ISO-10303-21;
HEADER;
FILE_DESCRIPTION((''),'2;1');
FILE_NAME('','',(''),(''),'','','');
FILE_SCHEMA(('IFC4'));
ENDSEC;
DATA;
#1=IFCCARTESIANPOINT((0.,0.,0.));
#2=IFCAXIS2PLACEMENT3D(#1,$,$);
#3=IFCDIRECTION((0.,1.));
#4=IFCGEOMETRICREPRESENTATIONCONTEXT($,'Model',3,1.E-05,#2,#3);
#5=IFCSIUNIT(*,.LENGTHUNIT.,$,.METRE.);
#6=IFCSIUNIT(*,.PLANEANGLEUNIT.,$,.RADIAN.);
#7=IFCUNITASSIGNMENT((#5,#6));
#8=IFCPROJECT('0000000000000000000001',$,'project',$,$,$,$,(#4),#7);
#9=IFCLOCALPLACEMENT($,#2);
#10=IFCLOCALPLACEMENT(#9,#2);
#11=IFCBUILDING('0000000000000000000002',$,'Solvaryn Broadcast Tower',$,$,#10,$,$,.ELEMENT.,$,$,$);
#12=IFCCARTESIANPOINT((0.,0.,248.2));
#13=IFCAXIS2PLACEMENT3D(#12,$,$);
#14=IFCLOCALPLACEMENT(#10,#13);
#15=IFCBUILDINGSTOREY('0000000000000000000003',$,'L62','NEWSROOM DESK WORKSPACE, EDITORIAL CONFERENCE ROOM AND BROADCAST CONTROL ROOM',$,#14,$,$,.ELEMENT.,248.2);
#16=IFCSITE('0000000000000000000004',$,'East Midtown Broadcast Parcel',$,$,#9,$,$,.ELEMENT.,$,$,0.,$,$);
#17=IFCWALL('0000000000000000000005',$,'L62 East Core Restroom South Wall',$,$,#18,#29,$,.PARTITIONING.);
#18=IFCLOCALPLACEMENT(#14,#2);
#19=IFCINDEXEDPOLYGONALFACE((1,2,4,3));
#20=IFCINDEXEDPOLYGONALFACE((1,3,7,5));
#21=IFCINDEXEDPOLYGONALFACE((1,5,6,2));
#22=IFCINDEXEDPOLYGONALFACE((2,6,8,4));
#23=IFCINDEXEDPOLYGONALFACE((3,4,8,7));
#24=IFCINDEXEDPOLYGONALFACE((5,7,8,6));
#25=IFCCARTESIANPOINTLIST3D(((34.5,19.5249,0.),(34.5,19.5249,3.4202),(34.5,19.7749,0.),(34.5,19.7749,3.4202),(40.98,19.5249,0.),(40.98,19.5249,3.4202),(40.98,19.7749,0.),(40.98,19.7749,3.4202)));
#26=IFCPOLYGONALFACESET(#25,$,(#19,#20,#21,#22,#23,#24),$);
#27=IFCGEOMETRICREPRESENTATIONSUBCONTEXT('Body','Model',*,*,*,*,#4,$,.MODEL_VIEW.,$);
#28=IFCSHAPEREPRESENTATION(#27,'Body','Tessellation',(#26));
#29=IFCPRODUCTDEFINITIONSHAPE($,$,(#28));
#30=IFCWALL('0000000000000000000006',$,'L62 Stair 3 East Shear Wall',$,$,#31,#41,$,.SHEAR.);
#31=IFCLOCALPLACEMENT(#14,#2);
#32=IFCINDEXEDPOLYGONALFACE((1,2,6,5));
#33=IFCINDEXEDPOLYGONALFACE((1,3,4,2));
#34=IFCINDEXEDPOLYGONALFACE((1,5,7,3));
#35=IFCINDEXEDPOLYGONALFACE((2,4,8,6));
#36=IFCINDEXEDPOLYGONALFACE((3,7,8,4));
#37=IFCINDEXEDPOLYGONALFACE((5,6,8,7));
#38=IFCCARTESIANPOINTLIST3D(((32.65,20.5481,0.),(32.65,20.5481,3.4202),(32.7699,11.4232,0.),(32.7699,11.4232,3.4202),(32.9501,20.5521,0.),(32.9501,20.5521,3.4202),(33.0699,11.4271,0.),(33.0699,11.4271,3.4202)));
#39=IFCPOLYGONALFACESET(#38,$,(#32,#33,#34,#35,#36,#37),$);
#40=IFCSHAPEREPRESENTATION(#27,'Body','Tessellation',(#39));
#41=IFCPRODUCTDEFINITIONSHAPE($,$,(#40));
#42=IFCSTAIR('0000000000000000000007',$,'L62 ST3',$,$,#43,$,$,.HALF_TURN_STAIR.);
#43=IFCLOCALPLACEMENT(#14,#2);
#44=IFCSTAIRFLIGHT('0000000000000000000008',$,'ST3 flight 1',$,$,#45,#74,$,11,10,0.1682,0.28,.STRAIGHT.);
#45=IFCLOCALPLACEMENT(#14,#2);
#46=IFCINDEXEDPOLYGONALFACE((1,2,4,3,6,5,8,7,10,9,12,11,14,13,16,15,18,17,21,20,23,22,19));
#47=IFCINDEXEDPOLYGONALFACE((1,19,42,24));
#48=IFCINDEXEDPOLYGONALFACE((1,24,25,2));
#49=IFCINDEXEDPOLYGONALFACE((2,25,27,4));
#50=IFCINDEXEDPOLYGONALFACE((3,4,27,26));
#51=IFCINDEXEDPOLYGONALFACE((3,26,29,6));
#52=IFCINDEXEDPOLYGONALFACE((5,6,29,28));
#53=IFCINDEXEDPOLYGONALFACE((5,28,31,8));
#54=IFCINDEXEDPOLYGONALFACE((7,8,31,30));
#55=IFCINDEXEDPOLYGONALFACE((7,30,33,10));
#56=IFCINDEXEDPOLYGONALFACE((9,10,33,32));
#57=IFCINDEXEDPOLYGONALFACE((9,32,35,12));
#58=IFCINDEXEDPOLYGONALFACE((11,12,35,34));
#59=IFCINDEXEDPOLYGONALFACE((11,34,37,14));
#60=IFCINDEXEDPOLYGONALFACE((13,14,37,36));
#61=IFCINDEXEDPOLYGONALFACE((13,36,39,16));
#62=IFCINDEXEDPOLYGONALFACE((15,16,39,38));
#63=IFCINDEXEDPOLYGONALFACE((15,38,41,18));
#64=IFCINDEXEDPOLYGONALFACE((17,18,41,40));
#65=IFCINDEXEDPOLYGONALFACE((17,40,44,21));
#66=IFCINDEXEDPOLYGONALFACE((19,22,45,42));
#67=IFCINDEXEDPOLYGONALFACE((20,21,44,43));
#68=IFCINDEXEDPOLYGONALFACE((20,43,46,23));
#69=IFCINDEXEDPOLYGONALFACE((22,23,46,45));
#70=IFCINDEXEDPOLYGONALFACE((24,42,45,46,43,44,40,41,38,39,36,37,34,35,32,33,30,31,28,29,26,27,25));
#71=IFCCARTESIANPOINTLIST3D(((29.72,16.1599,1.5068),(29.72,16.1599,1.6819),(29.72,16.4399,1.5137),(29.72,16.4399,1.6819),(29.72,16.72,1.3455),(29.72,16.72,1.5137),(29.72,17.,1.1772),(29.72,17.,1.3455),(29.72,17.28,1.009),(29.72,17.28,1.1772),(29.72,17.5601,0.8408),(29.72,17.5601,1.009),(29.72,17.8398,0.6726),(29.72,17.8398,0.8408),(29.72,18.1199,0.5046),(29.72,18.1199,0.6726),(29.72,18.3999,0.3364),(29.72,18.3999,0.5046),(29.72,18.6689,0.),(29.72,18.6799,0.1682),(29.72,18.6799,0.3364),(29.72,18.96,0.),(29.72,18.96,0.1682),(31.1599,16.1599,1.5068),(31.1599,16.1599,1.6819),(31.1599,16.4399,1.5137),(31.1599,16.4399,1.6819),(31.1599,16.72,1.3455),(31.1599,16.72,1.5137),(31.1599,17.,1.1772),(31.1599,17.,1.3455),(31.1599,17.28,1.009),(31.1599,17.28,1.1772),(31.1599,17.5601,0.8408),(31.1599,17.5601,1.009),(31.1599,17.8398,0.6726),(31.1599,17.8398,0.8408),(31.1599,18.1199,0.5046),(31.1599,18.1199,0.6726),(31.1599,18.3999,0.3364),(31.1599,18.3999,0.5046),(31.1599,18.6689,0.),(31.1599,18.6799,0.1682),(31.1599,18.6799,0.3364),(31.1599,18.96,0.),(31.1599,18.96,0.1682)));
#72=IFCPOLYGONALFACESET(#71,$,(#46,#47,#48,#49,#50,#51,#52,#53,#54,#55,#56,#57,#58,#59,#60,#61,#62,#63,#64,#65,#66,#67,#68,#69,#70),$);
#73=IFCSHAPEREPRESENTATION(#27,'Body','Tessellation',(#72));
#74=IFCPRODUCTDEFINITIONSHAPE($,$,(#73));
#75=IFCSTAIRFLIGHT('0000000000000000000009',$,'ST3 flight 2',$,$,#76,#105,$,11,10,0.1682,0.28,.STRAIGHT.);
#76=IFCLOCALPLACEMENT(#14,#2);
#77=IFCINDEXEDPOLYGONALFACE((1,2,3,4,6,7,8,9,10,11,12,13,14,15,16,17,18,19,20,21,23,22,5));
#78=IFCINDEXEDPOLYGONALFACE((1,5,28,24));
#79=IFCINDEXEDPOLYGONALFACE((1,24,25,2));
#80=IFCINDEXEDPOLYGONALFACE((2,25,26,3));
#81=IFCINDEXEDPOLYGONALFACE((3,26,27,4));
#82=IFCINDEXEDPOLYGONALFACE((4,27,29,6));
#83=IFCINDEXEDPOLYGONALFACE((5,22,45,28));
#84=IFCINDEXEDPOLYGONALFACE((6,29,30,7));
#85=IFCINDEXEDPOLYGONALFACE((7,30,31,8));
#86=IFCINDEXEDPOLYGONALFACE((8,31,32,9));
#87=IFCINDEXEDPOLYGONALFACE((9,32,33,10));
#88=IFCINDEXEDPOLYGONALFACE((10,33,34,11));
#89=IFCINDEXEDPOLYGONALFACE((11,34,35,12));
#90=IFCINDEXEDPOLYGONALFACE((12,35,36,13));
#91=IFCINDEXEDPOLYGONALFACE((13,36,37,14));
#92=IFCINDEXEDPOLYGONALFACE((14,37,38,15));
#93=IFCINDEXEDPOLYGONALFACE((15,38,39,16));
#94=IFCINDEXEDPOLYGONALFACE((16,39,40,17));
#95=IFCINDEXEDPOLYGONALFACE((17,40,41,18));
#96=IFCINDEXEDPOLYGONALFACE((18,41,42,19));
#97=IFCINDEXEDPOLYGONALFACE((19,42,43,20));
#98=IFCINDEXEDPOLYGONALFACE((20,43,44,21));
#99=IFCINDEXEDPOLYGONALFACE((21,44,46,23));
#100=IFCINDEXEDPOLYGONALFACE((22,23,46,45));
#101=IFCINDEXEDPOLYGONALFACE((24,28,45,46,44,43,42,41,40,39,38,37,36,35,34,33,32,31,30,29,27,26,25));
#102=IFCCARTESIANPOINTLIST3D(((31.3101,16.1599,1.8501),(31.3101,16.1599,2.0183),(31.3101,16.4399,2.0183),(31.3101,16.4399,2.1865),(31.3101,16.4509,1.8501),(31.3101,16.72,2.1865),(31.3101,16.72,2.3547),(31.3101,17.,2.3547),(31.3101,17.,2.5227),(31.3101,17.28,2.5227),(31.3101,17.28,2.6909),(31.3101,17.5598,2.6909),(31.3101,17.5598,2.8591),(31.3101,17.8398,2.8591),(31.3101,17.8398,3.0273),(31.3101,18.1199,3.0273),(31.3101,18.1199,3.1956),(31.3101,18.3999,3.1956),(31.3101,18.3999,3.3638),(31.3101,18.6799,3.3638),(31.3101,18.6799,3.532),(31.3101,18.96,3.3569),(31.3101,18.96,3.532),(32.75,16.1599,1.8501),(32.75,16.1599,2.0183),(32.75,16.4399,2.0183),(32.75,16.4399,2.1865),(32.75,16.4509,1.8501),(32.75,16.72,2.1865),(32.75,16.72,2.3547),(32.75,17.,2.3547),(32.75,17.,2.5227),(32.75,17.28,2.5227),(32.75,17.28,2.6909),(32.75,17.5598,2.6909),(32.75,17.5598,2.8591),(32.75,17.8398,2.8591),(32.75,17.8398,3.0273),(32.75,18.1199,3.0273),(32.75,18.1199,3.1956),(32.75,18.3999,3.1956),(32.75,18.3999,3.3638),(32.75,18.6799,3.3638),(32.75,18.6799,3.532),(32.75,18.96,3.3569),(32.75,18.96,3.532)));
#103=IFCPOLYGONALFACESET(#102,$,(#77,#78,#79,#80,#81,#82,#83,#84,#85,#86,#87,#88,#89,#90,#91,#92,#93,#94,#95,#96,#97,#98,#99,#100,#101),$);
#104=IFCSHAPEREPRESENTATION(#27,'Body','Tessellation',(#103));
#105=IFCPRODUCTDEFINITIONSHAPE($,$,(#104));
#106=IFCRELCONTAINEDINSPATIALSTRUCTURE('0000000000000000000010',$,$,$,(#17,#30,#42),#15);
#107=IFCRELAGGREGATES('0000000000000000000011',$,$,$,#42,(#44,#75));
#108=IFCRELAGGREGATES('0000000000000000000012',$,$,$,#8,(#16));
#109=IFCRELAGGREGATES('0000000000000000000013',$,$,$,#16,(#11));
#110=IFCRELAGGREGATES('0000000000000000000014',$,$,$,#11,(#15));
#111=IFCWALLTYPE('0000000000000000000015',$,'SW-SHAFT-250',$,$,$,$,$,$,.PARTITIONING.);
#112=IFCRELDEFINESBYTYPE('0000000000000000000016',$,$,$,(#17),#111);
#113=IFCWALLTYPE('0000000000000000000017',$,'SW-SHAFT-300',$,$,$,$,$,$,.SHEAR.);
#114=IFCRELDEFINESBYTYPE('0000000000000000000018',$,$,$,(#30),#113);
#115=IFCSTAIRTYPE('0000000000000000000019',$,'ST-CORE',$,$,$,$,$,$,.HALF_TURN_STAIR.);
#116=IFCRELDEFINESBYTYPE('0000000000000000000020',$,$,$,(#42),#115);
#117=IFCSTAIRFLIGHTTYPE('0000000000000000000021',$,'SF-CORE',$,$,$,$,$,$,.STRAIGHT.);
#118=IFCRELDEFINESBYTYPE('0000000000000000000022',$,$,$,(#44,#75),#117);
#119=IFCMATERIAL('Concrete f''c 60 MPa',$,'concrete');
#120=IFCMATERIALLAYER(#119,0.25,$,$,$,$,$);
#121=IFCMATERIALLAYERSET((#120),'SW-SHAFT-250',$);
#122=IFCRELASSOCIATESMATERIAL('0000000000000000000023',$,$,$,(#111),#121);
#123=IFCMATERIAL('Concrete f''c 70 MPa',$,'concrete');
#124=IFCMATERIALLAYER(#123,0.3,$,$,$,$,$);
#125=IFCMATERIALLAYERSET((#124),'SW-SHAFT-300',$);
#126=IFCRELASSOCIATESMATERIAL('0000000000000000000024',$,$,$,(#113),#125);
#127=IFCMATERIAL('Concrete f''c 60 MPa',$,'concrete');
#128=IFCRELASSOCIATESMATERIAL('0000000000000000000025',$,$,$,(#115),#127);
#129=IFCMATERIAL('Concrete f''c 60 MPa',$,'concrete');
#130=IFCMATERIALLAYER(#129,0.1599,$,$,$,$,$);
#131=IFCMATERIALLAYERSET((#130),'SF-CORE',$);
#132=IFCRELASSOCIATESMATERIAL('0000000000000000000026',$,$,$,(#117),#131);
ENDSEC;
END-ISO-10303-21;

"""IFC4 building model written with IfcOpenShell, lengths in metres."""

from ifc_helpers import new_model, si_unit, direction, frame, frame_2d, origin, place, context, subcontext, project, spatial, polyline, rectangle, outline, extrude, material, layer, layer_set, type_object, element, aggregate, save


model = new_model("IFC4")

# Units and contexts
model_context = context("Model", 3, precision=1e-05, world=origin(), true_north=direction((0.0, 1.0)))
body_context = subcontext(model_context, "Body", "Model", "MODEL_VIEW")
ifc_project = project(units=[si_unit("LENGTHUNIT", "METRE"), si_unit("PLANEANGLEUNIT", "RADIAN")], contexts=[model_context])

# Site, building, storey
site_placement = place(None, origin())
site = spatial("IfcSite", under=ifc_project, at=site_placement, Name="East Midtown Broadcast Parcel", CompositionType="ELEMENT", RefElevation=0.0)
building_placement = place(site_placement, origin())
building = spatial("IfcBuilding", under=site, at=building_placement, Name="Solvaryn Broadcast Tower", CompositionType="ELEMENT")
storey_placement = place(building_placement, frame((0.0, 0.0, 248.2)))
storey = spatial("IfcBuildingStorey", under=building, at=storey_placement, Name="L62", Description="NEWSROOM DESK WORKSPACE, EDITORIAL CONFERENCE ROOM AND BROADCAST CONTROL ROOM", CompositionType="ELEMENT", Elevation=248.2)

# Walls
ifc_material_1 = material(Name="Concrete f'c 60 MPa", Category="concrete")
ifc_layer_1 = layer(ifc_material_1, 0.25)
ifc_layer_set_1 = layer_set([ifc_layer_1], Name="SW-SHAFT-250")
wall_type_1 = type_object("IfcWallType", Name="SW-SHAFT-250", PredefinedType="PARTITIONING", material=ifc_layer_set_1)
wall_1_placement = place(storey_placement, frame((34.5, 19.6499, 0.0), z_axis=(0.0, 0.0, 1.0), x_axis=(1.0, 0.0, 0.0)))
element("IfcWall", 1, at=wall_1_placement, inside=storey, type_object=wall_type_1, Name="L62 East Core Restroom South Wall", PredefinedType="PARTITIONING", context=body_context, shape_type="SweptSolid", body=[
    extrude(rectangle(XDim=6.48, YDim=0.25, at=frame_2d((3.24, 0.0))), origin(), (0.0, 0.0, 1.0), 3.4202),
])
ifc_material_2 = material(Name="Concrete f'c 70 MPa", Category="concrete")
ifc_layer_2 = layer(ifc_material_2, 0.3)
ifc_layer_set_2 = layer_set([ifc_layer_2], Name="SW-SHAFT-300")
wall_type_2 = type_object("IfcWallType", Name="SW-SHAFT-300", PredefinedType="SHEAR", material=ifc_layer_set_2)
wall_2_placement = place(storey_placement, frame((32.9199, 11.425, 0.0), z_axis=(0.0, 0.0, 1.0), x_axis=(-0.013136, 0.999914, 0.0)))
element("IfcWall", 2, at=wall_2_placement, inside=storey, type_object=wall_type_2, Name="L62 Stair 3 East Shear Wall", PredefinedType="SHEAR", context=body_context, shape_type="SweptSolid", body=[
    extrude(rectangle(XDim=9.1257, YDim=0.3, at=frame_2d((4.563, 0.0))), origin(), (0.0, 0.0, 1.0), 3.4202),
])

# Stair, stair flights
ifc_material_3 = material(Name="Concrete f'c 60 MPa", Category="concrete")
stair_type = type_object("IfcStairType", Name="ST-CORE", PredefinedType="HALF_TURN_STAIR", material=ifc_material_3)
stair_placement = place(storey_placement, origin())
stair = element("IfcStair", 3, at=stair_placement, inside=storey, type_object=stair_type, Name="L62 ST3", PredefinedType="HALF_TURN_STAIR")
ifc_material_4 = material(Name="Concrete f'c 60 MPa", Category="concrete")
ifc_layer_3 = layer(ifc_material_4, 0.1599)
ifc_layer_set_3 = layer_set([ifc_layer_3], Name="SF-CORE")
stair_flight_type = type_object("IfcStairFlightType", Name="SF-CORE", PredefinedType="STRAIGHT", material=ifc_layer_set_3)
stair_flight_1_placement = place(storey_placement, frame((30.4399, 18.96, 0.0), z_axis=(0.0, 0.0, 1.0), x_axis=(0.0, -1.0, 0.0)))
stair_flight_1 = element("IfcStairFlight", 4, at=stair_flight_1_placement, type_object=stair_flight_type, Name="ST3 flight 1", NumberOfRisers=11, NumberOfTreads=10, PredefinedType="STRAIGHT", RiserHeight=0.1682, TreadLength=0.28, context=body_context, shape_type="SweptSolid", body=[
    extrude(outline(polyline([(0.0, 0.0), (0.0, 0.1682), (0.28, 0.1682), (0.28, 0.3364), (0.5601, 0.3364), (0.5601, 0.5046), (0.8401, 0.5046), (0.8401, 0.6726), (1.1201, 0.6726), (1.1201, 0.8408), (1.3999, 0.8408), (1.3999, 1.009), (1.6799, 1.009), (1.6799, 1.1772), (1.96, 1.1772), (1.96, 1.3455), (2.24, 1.3455), (2.24, 1.5137), (2.52, 1.5137), (2.52, 1.6819), (2.8, 1.6819), (2.8, 1.8501), (2.8, 1.5068), (0.291, 0.0), (0.0, 0.0)])), frame((0.0, 0.72, 0.0), z_axis=(0.0, -1.0, 0.0), x_axis=(1.0, 0.0, 0.0)), (0.0, 0.0, 1.0), 1.4399),
])
stair_flight_2_placement = place(storey_placement, frame((32.03, 16.1599, 1.8501), z_axis=(0.0, 0.0, 1.0), x_axis=(0.0, 1.0, 0.0)))
stair_flight_2 = element("IfcStairFlight", 5, at=stair_flight_2_placement, type_object=stair_flight_type, Name="ST3 flight 2", NumberOfRisers=11, NumberOfTreads=10, PredefinedType="STRAIGHT", RiserHeight=0.1682, TreadLength=0.28, context=body_context, shape_type="SweptSolid", body=[
    extrude(outline(polyline([(0.0, 0.0), (0.0, 0.1682), (0.28, 0.1682), (0.28, 0.3364), (0.5601, 0.3364), (0.5601, 0.5046), (0.8401, 0.5046), (0.8401, 0.6726), (1.1201, 0.6726), (1.1201, 0.8408), (1.3999, 0.8408), (1.3999, 1.009), (1.6799, 1.009), (1.6799, 1.1772), (1.96, 1.1772), (1.96, 1.3455), (2.24, 1.3455), (2.24, 1.5137), (2.52, 1.5137), (2.52, 1.6819), (2.8, 1.6819), (2.8, 1.8501), (2.8, 1.5068), (0.291, 0.0), (0.0, 0.0)])), frame((0.0, 0.72, 0.0), z_axis=(0.0, -1.0, 0.0), x_axis=(1.0, 0.0, 0.0)), (0.0, 0.0, 1.0), 1.4399),
])
aggregate(stair, [stair_flight_1, stair_flight_2])

save(model, "model.ifc")
